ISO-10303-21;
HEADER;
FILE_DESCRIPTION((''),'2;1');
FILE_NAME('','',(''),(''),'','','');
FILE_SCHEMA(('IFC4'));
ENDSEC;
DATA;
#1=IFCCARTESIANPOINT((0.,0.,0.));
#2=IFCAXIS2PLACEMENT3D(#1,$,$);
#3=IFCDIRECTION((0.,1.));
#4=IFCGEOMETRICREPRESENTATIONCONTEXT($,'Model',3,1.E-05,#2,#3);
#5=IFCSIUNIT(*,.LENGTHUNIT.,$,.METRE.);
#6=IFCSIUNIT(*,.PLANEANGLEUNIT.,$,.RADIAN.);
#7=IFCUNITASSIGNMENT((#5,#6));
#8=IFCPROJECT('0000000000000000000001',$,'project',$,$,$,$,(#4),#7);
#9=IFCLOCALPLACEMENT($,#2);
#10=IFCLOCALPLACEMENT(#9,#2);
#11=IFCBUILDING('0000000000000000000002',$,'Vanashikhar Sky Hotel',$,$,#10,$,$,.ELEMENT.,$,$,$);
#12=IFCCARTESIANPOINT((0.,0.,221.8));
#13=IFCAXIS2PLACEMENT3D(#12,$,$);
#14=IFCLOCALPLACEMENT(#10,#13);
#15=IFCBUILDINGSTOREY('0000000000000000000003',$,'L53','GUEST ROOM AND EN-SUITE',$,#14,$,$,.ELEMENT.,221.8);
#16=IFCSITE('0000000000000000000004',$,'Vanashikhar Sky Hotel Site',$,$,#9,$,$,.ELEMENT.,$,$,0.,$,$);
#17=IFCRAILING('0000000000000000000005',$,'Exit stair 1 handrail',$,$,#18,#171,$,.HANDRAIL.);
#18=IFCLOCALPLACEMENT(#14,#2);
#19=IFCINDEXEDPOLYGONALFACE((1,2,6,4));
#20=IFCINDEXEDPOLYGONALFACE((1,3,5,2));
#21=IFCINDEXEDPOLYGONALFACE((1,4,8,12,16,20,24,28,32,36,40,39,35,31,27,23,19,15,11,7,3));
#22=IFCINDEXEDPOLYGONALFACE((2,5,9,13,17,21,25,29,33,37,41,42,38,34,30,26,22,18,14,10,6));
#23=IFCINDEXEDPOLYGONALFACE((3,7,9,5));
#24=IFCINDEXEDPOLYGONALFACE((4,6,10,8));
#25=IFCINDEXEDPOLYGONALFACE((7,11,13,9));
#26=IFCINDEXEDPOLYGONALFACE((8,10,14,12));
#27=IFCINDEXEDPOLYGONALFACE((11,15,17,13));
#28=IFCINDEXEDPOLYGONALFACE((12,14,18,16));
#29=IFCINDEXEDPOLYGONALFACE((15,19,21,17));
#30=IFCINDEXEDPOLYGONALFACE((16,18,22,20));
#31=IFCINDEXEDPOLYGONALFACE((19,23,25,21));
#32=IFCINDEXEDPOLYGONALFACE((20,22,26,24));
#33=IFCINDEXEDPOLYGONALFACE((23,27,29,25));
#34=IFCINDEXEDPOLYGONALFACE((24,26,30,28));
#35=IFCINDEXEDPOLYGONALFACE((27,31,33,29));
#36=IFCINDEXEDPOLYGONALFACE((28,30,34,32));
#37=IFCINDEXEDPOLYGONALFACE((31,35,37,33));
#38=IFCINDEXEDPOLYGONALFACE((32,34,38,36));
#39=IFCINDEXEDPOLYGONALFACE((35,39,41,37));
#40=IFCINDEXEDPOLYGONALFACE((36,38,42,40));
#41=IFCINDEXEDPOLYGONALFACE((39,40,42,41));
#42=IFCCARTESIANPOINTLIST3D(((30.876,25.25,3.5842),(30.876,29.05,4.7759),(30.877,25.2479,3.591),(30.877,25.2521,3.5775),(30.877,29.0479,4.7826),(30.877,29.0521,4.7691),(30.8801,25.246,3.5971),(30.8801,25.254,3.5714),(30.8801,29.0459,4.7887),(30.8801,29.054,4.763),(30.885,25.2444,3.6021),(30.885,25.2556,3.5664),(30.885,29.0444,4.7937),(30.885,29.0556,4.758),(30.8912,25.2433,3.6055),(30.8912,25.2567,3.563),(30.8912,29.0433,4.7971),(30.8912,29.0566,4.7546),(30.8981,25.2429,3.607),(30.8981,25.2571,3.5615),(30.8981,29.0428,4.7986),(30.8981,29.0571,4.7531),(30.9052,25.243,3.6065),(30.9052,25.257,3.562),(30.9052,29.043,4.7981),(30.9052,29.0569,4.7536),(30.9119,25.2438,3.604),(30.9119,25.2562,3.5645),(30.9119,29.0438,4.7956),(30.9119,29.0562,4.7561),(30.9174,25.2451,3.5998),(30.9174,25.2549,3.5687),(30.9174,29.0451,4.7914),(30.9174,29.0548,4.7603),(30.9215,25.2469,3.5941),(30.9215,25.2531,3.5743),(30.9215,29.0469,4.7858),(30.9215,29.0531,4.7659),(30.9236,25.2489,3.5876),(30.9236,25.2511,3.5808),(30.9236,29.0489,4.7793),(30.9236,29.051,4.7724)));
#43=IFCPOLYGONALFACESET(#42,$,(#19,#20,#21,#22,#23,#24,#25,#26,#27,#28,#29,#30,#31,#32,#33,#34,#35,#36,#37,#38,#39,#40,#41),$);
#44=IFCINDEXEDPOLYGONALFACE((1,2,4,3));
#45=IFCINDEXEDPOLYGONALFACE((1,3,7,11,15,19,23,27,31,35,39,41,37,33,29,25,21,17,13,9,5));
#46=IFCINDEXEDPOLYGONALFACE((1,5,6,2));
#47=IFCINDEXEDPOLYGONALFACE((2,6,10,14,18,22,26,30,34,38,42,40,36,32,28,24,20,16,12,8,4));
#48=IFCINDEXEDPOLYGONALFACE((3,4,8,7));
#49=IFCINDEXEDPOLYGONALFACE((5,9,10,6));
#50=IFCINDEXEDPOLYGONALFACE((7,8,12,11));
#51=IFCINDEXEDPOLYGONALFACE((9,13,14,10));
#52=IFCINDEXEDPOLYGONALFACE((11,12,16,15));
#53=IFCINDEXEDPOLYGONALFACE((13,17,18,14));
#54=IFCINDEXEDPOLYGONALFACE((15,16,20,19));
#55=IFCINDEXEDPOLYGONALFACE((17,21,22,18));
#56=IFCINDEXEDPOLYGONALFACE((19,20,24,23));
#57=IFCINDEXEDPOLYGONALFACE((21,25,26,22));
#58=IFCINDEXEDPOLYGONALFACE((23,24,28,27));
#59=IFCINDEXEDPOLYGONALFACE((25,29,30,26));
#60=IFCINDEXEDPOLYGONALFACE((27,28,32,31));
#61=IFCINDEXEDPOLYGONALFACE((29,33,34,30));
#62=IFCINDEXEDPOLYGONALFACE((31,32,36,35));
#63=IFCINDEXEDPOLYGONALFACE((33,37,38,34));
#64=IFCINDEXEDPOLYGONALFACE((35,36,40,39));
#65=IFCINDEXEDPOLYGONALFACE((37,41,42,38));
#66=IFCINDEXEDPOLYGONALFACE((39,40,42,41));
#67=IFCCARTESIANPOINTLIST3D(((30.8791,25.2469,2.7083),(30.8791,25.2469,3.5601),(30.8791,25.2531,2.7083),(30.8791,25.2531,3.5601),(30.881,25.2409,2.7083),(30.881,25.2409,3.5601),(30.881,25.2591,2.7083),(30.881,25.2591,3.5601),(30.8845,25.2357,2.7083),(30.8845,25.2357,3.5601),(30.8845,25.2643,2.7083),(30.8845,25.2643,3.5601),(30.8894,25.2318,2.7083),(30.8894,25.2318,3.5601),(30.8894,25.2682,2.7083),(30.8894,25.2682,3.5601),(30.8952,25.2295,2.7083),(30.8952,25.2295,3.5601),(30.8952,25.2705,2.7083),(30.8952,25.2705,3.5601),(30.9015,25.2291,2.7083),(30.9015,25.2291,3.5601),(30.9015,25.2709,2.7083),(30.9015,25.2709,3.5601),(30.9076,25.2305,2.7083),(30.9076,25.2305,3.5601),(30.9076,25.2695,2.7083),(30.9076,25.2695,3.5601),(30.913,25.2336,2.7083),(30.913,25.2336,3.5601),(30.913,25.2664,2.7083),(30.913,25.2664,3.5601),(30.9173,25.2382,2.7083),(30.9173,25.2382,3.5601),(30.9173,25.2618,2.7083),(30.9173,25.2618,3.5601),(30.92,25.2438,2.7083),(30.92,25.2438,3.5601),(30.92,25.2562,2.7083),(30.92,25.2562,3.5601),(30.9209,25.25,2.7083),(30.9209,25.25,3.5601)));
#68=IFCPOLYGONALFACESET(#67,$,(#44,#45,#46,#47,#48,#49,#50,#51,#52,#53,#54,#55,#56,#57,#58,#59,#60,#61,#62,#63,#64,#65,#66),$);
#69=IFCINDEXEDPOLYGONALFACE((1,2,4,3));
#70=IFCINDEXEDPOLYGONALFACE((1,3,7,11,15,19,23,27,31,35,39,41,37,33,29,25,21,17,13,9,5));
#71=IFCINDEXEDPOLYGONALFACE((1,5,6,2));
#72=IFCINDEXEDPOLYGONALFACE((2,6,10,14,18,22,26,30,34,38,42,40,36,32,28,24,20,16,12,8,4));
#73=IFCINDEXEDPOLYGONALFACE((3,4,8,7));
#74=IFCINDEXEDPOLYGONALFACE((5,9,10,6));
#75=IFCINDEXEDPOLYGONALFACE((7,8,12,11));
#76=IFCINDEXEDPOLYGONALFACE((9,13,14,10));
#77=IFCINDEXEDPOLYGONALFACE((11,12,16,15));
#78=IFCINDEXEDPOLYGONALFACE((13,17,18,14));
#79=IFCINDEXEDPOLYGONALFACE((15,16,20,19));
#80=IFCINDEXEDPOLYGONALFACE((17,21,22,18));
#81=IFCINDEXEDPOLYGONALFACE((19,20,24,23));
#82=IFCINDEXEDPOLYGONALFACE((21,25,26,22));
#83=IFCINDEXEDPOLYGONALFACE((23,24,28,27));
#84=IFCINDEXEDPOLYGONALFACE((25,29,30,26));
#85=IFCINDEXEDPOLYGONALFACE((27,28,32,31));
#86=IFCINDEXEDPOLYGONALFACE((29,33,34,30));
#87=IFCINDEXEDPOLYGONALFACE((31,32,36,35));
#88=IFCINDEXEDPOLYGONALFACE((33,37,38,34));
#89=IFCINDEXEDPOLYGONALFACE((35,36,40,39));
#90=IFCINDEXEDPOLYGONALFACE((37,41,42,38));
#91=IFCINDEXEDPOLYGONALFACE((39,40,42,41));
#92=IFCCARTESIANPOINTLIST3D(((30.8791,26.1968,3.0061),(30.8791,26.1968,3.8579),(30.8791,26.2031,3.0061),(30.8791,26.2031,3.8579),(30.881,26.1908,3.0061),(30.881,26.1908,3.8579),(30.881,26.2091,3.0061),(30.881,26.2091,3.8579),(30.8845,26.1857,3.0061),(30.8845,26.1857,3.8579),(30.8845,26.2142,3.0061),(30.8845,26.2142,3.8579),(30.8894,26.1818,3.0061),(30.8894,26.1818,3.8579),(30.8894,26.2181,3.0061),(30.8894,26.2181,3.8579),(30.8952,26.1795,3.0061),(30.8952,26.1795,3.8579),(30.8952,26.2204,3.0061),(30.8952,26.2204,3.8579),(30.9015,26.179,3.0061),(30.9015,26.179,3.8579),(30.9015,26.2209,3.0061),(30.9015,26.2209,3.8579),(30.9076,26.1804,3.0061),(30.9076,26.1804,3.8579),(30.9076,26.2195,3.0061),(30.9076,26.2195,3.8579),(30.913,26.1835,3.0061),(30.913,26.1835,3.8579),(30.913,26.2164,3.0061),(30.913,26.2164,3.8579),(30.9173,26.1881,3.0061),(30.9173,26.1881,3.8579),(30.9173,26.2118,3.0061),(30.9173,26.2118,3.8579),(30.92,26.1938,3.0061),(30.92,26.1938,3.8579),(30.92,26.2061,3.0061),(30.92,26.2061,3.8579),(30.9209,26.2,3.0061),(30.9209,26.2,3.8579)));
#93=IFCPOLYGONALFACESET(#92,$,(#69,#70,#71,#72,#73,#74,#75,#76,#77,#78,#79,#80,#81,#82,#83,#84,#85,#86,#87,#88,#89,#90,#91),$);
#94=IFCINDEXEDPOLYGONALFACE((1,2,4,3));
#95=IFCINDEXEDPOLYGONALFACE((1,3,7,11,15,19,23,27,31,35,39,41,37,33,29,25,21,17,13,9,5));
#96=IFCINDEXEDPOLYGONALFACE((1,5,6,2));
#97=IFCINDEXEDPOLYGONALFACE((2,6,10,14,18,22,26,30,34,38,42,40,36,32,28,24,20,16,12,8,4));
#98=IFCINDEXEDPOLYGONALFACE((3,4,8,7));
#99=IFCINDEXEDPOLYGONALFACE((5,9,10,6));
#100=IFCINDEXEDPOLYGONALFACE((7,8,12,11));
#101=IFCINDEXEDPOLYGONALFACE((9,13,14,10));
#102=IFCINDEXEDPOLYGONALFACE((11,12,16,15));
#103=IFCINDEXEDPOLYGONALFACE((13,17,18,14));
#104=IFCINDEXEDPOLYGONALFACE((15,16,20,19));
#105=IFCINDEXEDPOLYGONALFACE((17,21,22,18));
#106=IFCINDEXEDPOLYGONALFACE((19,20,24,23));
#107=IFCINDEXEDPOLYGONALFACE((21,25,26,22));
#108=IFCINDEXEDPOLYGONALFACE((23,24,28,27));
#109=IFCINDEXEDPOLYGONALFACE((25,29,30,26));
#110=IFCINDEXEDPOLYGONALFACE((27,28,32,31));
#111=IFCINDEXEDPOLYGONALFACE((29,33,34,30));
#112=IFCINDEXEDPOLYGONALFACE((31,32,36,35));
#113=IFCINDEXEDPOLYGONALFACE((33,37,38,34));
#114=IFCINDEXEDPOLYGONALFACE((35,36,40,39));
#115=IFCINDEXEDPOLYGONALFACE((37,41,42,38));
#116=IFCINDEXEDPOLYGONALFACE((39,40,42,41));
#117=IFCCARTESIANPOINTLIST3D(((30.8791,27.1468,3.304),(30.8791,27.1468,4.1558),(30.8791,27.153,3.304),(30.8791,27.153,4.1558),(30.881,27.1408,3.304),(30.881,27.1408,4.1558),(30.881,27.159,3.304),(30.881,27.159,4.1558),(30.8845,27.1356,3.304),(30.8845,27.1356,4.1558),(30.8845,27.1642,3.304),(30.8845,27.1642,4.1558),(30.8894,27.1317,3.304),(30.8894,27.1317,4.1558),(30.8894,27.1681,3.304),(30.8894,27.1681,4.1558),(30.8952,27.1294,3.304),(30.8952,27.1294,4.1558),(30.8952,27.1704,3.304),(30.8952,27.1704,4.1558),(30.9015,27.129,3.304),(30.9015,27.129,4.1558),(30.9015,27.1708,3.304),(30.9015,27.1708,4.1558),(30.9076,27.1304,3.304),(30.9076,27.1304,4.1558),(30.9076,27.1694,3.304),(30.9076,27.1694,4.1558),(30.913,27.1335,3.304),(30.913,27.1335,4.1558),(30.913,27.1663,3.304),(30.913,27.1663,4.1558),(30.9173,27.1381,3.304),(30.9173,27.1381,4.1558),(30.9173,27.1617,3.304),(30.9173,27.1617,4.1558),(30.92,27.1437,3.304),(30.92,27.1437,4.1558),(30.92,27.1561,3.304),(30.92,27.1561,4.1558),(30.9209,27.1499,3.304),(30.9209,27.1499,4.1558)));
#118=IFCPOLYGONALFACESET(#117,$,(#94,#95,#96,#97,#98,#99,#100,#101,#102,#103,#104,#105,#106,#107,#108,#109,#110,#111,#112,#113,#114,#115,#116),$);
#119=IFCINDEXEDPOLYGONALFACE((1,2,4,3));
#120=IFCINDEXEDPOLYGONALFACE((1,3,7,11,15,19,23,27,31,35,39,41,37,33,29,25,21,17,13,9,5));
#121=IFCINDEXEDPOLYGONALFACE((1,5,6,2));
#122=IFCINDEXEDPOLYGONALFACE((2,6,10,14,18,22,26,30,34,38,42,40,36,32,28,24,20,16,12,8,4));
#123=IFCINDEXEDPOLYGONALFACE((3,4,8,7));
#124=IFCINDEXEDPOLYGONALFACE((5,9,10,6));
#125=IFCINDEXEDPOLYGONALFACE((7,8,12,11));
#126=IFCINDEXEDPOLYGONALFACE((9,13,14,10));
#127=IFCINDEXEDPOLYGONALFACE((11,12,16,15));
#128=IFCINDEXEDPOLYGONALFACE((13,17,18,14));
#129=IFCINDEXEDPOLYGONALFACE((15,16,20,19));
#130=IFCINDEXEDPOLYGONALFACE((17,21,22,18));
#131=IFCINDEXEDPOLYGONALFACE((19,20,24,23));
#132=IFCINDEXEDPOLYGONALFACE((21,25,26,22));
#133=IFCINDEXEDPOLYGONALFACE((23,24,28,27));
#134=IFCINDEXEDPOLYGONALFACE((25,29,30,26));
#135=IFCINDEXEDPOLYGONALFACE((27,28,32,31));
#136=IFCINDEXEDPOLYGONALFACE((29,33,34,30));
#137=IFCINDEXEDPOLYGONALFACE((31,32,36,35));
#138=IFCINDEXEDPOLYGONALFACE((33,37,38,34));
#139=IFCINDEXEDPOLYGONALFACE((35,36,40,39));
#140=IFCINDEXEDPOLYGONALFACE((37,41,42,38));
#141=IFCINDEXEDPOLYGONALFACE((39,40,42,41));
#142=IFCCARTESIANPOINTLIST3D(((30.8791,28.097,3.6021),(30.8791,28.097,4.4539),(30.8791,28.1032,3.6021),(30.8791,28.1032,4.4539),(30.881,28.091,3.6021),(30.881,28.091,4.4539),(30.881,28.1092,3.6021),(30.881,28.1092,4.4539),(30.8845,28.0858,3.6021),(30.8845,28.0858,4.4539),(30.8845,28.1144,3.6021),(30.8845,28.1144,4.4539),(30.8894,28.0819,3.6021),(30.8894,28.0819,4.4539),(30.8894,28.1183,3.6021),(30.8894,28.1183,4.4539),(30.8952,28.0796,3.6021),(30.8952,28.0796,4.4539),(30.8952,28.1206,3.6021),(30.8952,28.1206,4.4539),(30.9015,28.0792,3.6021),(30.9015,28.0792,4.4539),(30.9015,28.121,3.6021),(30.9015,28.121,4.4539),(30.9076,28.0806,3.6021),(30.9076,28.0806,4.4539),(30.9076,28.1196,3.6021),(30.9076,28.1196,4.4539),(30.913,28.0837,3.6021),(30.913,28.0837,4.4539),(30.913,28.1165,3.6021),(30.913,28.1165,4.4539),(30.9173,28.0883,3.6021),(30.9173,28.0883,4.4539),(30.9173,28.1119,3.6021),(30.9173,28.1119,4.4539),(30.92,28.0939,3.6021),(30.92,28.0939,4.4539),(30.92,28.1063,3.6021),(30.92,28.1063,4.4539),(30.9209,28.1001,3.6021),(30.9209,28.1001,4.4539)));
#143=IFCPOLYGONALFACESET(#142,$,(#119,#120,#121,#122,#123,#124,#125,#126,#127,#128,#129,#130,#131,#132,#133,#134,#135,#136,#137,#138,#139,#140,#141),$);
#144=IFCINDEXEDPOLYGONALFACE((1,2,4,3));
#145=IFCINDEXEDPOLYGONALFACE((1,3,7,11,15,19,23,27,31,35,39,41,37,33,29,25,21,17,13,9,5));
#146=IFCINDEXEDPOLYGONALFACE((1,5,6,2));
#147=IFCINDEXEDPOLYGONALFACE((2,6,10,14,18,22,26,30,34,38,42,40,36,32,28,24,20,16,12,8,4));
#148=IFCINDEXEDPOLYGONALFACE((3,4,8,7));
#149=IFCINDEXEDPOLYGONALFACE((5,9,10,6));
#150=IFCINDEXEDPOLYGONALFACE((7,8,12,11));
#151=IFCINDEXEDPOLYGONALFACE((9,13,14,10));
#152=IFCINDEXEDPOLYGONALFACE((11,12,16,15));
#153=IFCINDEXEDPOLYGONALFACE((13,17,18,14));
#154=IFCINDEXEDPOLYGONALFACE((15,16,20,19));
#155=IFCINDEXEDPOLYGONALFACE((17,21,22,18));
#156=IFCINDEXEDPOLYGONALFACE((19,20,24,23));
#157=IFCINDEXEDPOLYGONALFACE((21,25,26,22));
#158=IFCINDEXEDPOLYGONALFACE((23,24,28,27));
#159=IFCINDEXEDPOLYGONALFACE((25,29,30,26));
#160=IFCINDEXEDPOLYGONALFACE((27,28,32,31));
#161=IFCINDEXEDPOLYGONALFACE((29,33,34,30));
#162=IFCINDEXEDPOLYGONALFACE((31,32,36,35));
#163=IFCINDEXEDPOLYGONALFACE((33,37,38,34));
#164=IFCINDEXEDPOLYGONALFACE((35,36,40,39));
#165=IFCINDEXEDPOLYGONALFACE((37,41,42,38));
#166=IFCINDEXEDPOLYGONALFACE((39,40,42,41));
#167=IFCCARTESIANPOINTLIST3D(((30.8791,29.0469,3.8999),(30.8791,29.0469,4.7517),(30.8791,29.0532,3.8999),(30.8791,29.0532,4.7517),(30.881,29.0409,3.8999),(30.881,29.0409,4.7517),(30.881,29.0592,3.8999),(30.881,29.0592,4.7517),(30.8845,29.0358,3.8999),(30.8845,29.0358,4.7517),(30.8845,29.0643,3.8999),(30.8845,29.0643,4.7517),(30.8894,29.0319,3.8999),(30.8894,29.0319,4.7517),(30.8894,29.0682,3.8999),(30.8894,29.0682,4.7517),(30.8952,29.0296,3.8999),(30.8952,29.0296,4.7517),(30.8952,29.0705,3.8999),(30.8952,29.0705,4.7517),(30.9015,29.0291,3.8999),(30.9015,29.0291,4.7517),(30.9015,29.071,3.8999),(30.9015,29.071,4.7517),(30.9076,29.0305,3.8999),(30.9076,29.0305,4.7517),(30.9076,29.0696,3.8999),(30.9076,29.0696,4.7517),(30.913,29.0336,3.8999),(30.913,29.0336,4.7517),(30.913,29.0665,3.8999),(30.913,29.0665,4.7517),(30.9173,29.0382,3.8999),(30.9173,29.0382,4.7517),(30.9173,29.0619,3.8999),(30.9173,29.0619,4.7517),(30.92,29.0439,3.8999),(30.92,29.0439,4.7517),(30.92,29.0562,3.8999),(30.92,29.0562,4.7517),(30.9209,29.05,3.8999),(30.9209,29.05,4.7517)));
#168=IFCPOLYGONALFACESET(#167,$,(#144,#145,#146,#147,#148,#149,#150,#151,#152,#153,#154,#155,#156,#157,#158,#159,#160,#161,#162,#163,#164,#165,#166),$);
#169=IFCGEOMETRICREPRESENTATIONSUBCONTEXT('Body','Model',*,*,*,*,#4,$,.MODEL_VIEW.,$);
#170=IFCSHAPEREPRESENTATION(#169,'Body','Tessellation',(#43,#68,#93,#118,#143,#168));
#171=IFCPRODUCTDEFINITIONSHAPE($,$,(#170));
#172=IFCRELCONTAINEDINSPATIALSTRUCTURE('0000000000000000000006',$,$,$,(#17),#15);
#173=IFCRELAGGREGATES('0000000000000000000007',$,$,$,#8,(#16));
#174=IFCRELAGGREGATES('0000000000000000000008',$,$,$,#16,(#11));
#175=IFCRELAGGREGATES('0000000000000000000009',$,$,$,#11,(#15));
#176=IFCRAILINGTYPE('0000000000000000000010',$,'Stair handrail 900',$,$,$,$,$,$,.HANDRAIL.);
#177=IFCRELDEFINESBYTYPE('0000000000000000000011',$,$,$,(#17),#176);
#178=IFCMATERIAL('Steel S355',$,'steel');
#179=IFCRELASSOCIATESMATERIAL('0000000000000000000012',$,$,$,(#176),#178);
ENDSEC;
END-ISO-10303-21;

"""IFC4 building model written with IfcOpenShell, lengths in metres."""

from ifc_helpers import new_model, si_unit, direction, frame, origin, origin_2d, place, context, subcontext, project, spatial, circle, extrude, source, transform, mapped, material, type_object, element, save


model = new_model("IFC4")

# Units and contexts
model_context = context("Model", 3, precision=1e-05, world=origin(), true_north=direction((0.0, 1.0)))
body_context = subcontext(model_context, "Body", "Model", "MODEL_VIEW")
ifc_project = project(units=[si_unit("LENGTHUNIT", "METRE"), si_unit("PLANEANGLEUNIT", "RADIAN")], contexts=[model_context])

# Site, building, storey
site_placement = place(None, origin())
site = spatial("IfcSite", under=ifc_project, at=site_placement, Name="Vanashikhar Sky Hotel Site", CompositionType="ELEMENT", RefElevation=0.0)
building_placement = place(site_placement, origin())
building = spatial("IfcBuilding", under=site, at=building_placement, Name="Vanashikhar Sky Hotel", CompositionType="ELEMENT")
storey_placement = place(building_placement, frame((0.0, 0.0, 221.8)))
storey = spatial("IfcBuildingStorey", under=building, at=storey_placement, Name="L53", Description="GUEST ROOM AND EN-SUITE", CompositionType="ELEMENT", Elevation=221.8)

# Railing
ifc_material_1 = material(Name="Steel S355", Category="steel")
railing_type_1 = type_object("IfcRailingType", Name="Stair handrail 900", PredefinedType="HANDRAIL", material=ifc_material_1)
shared_shape_1 = source(origin(), body_context, "Body", "SweptSolid", [
    extrude(circle(Radius=0.0239, at=origin_2d()), frame((0.0, 0.0, 0.876), z_axis=(0.0, 0.954184, 0.299221), x_axis=(-1.0, 0.0, 0.0)), (0.0, 0.0, 1.0), 3.9824),
    extrude(circle(Radius=0.021, at=origin_2d()), origin(), (0.0, 0.0, 1.0), 0.8518),
    extrude(circle(Radius=0.021, at=origin_2d()), frame((0.0, 0.95, 0.2979)), (0.0, 0.0, 1.0), 0.8518),
    extrude(circle(Radius=0.021, at=origin_2d()), frame((0.0, 1.8999, 0.5957)), (0.0, 0.0, 1.0), 0.8518),
    extrude(circle(Radius=0.021, at=origin_2d()), frame((0.0, 2.8501, 0.8938)), (0.0, 0.0, 1.0), 0.8518),
    extrude(circle(Radius=0.021, at=origin_2d()), frame((0.0, 3.8, 1.1917)), (0.0, 0.0, 1.0), 0.8518),
])
for number, where, name in (
    (1, (30.8999, 25.25, 2.7083), "Exit stair 1 handrail"),
):
    element("IfcRailing", number, at=place(storey_placement, frame(where)), inside=storey, type_object=railing_type_1, Name=name, PredefinedType="HANDRAIL", context=body_context, shape_type="MappedRepresentation", body=[
        mapped(shared_shape_1, transform((0.0, 0.0, 0.0), scale=1.0)),
    ])

save(model, "model.ifc")
